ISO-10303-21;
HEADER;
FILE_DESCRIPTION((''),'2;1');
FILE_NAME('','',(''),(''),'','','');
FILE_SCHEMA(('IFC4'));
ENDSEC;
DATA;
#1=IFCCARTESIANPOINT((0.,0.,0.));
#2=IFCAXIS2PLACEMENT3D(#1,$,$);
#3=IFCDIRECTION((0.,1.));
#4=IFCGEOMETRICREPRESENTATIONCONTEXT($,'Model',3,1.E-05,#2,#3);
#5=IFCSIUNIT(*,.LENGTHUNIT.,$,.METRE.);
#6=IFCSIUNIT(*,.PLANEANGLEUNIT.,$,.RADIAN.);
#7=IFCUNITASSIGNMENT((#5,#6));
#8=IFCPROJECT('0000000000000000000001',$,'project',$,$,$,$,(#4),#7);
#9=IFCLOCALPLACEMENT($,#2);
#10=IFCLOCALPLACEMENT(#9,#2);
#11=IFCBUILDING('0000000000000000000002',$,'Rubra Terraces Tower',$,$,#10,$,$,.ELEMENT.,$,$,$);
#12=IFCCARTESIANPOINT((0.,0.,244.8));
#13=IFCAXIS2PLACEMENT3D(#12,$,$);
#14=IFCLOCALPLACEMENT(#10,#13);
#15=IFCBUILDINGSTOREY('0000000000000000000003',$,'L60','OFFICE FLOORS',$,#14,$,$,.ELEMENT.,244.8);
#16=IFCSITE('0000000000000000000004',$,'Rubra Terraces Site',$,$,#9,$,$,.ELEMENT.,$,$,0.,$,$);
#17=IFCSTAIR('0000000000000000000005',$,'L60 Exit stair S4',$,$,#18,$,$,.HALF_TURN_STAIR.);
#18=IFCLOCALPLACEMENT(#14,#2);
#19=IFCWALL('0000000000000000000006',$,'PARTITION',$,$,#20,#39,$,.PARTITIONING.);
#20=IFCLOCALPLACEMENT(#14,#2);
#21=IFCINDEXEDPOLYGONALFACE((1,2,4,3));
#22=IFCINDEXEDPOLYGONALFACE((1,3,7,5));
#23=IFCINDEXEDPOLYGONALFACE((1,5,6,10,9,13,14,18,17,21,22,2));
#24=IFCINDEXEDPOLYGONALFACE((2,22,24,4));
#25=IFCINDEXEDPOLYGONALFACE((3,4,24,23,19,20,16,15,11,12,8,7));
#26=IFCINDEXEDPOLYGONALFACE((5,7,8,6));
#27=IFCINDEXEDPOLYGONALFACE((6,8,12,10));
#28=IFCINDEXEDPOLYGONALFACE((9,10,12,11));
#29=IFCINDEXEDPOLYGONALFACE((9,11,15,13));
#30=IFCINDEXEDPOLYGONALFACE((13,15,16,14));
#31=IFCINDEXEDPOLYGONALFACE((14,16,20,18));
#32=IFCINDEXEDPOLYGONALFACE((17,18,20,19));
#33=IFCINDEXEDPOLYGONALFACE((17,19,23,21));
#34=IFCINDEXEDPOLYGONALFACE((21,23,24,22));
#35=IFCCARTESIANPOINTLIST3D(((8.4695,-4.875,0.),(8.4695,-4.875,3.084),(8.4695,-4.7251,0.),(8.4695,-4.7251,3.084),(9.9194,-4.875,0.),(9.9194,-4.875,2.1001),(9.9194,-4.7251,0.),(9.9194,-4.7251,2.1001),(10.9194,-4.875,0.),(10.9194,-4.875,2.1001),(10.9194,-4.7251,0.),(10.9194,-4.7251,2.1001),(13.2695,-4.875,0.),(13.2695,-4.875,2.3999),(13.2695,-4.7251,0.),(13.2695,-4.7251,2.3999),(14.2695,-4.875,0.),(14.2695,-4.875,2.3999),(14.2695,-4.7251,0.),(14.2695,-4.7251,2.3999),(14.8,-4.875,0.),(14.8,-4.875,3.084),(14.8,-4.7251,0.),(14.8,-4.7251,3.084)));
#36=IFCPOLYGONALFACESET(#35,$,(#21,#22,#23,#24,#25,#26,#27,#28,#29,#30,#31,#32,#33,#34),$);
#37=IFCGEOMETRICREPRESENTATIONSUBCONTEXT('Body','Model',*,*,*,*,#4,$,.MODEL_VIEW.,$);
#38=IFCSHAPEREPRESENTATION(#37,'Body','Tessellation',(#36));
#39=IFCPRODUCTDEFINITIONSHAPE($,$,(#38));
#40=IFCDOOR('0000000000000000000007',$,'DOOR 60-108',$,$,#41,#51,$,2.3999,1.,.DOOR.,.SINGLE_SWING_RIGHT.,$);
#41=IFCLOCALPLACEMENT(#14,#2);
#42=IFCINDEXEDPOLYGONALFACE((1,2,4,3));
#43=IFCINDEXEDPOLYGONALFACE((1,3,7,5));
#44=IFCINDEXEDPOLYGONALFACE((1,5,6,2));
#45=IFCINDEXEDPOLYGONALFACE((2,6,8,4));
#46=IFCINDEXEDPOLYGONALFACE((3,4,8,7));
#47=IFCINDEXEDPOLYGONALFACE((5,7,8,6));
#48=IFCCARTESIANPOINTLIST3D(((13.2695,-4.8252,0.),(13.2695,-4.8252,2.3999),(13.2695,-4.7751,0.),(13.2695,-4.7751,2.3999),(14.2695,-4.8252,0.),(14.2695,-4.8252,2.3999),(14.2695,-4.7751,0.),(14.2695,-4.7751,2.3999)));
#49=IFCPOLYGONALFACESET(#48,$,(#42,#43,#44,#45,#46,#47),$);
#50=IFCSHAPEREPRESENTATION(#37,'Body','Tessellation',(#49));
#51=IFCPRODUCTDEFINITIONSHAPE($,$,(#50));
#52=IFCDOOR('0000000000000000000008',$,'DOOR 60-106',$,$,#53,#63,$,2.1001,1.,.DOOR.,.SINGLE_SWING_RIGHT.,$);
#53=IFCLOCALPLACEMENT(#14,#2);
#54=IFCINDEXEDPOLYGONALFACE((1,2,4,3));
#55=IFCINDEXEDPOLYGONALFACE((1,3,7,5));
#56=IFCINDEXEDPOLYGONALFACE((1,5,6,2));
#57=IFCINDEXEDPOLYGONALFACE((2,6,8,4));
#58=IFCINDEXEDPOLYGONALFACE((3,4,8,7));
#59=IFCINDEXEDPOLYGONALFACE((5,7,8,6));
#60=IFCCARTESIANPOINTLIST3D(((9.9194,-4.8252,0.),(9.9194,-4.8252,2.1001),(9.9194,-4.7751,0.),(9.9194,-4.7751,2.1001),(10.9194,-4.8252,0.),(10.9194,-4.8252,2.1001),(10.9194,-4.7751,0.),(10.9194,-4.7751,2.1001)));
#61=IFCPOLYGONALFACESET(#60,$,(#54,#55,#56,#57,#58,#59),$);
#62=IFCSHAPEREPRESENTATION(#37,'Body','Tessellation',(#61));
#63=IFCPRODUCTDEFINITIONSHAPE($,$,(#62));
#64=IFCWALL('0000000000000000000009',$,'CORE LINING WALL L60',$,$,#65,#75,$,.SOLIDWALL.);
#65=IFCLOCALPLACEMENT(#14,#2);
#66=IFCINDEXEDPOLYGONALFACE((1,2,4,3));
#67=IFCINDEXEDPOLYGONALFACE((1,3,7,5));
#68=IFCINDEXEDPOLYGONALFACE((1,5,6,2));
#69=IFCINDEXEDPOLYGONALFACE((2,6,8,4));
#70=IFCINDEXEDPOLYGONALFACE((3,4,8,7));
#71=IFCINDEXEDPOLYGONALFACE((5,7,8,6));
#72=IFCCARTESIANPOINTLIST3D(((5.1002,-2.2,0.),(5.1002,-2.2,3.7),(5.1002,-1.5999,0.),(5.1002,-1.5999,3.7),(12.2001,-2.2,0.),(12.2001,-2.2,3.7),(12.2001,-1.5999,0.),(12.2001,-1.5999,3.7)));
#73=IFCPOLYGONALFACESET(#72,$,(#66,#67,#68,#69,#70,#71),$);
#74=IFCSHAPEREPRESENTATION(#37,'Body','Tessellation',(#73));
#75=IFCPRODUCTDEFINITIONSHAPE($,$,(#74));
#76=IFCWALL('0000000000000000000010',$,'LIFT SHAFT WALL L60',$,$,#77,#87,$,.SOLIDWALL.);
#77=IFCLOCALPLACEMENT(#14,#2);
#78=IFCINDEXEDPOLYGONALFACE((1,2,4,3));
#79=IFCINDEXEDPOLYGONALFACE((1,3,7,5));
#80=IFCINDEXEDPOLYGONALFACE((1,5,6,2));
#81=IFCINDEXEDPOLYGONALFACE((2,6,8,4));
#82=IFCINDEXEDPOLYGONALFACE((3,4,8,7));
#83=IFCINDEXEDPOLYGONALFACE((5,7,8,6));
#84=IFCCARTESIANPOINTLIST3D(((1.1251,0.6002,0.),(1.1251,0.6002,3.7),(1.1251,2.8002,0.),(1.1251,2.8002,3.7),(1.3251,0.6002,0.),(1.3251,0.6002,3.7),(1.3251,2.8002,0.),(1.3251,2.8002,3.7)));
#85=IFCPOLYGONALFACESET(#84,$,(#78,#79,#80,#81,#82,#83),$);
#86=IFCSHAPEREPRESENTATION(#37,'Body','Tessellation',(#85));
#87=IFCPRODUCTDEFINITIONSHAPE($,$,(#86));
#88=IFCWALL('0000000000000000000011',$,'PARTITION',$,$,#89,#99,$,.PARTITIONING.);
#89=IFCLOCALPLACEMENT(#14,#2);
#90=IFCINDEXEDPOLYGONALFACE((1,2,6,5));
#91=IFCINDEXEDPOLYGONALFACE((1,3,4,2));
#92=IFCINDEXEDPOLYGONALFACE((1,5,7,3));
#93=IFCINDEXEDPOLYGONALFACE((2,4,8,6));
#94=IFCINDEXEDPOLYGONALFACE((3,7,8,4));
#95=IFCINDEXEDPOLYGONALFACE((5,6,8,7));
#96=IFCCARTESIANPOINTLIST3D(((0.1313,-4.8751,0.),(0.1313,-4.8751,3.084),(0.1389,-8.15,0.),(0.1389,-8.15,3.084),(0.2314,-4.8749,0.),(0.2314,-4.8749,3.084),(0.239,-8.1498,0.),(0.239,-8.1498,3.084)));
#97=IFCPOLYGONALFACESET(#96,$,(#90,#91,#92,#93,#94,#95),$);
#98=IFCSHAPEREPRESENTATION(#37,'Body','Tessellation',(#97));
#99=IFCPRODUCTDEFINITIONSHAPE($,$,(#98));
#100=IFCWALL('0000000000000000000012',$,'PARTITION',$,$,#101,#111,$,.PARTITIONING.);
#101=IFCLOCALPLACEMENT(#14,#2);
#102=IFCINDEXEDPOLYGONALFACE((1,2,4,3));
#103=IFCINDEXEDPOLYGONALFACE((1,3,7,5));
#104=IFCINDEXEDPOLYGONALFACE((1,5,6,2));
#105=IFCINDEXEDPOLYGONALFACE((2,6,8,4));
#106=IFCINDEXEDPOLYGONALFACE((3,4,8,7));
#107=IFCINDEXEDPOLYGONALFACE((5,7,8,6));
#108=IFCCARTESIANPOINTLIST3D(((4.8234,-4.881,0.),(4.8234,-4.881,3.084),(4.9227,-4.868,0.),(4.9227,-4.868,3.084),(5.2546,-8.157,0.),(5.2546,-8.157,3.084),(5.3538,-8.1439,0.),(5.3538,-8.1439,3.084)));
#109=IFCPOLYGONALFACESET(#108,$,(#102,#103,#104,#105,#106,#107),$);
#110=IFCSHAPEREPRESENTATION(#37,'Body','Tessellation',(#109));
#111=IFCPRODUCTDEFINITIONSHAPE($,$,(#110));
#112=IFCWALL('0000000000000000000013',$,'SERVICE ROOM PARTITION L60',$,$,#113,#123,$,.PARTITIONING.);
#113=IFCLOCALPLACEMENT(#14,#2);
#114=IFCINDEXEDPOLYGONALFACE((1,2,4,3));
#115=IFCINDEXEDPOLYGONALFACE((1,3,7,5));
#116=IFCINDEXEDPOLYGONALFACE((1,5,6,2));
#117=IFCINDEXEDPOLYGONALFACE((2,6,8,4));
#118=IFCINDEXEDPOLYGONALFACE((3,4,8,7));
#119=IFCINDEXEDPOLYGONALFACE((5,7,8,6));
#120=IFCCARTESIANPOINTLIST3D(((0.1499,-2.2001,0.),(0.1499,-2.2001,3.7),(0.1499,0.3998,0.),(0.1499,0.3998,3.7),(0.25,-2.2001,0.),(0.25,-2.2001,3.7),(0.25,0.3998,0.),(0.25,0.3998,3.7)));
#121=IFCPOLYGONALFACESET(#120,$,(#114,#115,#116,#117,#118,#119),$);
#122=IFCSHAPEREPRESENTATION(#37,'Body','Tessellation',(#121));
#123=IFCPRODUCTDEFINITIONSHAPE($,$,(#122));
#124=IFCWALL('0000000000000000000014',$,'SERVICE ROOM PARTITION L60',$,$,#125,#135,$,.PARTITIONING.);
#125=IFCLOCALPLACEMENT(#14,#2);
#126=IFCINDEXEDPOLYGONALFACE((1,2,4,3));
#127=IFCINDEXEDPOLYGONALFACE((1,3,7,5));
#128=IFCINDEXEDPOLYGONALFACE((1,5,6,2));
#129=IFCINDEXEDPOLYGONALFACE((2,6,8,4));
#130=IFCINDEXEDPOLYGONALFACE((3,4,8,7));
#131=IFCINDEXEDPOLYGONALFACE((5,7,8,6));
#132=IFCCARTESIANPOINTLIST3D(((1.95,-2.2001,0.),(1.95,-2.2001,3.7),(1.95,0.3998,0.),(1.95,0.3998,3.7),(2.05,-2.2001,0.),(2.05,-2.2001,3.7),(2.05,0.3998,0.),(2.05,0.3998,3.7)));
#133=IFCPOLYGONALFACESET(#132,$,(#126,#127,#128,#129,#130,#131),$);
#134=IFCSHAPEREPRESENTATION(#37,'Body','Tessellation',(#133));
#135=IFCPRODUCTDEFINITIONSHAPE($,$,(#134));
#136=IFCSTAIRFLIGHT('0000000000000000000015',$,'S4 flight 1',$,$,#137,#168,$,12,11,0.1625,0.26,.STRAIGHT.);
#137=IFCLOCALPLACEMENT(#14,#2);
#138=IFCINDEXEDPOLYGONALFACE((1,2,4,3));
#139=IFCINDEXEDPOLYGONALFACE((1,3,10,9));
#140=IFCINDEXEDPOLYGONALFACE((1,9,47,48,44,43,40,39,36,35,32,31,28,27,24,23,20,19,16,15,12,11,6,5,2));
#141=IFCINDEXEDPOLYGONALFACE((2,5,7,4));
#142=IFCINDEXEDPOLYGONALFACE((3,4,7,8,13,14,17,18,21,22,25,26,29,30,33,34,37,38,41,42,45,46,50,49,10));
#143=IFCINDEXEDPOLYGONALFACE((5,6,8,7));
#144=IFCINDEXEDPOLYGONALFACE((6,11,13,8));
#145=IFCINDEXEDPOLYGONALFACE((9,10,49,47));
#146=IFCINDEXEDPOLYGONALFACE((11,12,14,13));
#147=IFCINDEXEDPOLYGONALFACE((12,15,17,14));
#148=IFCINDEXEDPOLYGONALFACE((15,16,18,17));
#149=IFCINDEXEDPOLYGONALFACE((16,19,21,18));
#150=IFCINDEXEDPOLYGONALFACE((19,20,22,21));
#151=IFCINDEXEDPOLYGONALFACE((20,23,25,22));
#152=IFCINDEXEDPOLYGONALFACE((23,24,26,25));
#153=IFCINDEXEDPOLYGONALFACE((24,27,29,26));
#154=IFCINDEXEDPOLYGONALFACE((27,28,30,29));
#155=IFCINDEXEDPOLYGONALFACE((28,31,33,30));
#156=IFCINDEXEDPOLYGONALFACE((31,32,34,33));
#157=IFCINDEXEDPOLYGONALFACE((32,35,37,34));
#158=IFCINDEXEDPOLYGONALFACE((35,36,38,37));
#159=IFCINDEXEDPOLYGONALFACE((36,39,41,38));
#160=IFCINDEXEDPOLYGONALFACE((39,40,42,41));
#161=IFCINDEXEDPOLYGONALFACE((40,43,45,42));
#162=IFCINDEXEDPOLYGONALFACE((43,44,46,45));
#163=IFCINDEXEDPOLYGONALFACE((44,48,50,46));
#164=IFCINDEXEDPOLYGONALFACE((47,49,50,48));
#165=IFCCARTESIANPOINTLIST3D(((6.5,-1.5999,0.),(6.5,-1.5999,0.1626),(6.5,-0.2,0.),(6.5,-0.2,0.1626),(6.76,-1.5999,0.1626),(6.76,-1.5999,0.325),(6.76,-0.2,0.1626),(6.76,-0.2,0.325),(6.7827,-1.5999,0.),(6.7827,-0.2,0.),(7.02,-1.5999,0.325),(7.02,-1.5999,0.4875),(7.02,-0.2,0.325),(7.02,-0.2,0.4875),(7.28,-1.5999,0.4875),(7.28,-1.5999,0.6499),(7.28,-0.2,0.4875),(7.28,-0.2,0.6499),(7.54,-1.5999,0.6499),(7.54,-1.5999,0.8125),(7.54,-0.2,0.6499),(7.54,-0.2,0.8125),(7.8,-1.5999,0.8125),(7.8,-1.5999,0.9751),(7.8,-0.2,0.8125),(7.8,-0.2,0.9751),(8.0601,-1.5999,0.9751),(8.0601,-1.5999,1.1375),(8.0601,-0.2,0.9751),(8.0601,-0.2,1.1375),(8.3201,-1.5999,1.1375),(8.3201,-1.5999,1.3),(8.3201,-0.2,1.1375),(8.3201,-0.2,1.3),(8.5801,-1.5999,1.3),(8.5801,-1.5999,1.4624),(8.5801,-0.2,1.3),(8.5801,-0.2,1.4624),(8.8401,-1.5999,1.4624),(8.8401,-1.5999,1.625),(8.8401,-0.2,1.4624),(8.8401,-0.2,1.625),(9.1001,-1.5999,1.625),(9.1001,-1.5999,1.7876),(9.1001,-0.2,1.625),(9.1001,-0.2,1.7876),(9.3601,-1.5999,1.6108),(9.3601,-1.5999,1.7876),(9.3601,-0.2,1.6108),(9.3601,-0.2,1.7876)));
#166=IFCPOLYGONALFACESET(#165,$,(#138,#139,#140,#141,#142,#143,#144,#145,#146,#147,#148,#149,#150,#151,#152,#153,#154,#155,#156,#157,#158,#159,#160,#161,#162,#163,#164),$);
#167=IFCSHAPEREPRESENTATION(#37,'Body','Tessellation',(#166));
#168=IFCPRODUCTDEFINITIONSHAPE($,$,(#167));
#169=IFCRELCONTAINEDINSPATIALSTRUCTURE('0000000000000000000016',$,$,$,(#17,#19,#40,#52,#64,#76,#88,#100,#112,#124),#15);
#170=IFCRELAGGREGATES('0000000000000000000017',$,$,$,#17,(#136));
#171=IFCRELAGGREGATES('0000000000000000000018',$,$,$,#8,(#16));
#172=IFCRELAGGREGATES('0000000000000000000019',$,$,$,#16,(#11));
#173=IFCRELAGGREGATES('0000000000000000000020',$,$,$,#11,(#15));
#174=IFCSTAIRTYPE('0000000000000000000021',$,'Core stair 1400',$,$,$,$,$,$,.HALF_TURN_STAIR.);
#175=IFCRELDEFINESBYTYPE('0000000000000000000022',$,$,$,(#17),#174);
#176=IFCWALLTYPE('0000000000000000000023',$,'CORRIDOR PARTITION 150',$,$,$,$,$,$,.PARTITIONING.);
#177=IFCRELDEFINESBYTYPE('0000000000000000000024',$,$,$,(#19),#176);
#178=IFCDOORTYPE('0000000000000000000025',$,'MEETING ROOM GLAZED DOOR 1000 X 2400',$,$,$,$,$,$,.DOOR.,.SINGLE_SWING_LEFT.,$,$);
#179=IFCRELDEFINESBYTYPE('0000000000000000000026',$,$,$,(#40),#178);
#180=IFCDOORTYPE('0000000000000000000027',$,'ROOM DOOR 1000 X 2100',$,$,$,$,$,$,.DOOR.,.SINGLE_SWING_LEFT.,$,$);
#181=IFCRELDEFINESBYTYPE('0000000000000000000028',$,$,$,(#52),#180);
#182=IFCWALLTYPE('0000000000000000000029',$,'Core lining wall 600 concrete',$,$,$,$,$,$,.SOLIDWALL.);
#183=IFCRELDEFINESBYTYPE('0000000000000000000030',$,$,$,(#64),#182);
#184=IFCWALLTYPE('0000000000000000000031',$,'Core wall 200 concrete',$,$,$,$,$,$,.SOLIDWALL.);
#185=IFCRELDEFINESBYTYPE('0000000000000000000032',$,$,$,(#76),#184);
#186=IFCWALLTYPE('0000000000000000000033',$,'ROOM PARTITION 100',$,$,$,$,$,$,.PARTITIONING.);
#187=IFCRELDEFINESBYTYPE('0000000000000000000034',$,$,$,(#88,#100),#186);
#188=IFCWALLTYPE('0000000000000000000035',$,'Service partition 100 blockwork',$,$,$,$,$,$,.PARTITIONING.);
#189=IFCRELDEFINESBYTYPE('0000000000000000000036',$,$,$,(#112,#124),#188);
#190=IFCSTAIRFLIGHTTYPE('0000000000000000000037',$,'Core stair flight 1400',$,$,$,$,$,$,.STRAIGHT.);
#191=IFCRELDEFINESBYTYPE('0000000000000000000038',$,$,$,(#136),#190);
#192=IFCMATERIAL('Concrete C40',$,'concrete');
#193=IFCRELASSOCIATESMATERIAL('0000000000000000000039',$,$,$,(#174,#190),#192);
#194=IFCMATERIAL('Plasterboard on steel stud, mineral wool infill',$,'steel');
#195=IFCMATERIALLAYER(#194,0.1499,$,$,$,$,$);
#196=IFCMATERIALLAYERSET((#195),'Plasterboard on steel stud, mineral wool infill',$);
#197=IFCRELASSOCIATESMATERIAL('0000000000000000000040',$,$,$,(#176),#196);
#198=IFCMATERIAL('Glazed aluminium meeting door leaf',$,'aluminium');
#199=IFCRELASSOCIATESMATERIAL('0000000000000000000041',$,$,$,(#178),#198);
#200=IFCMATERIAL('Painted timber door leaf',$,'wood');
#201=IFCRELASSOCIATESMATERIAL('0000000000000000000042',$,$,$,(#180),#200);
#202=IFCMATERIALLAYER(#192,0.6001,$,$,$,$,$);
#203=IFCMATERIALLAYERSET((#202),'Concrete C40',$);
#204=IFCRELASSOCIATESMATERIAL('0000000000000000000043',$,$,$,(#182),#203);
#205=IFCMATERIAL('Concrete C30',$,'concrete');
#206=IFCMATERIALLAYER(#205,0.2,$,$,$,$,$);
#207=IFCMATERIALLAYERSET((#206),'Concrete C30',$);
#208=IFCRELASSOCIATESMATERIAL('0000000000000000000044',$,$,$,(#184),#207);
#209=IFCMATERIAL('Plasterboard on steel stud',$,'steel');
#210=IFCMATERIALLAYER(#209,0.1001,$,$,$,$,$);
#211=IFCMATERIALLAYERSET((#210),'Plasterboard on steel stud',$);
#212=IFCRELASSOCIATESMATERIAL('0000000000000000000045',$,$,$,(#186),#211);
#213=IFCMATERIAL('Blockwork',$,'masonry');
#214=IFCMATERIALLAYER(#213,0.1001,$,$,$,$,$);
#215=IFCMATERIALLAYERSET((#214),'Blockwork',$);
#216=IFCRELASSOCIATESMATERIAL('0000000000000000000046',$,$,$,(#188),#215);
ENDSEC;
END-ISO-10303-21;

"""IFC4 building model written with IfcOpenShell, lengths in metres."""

from ifc_helpers import new_model, si_unit, direction, frame, frame_2d, origin, place, context, subcontext, project, spatial, polyline, rectangle, outline, extrude, material, layer, layer_set, type_object, element, fill, aggregate, save


model = new_model("IFC4")

# Units and contexts
model_context = context("Model", 3, precision=1e-05, world=origin(), true_north=direction((0.0, 1.0)))
body_context = subcontext(model_context, "Body", "Model", "MODEL_VIEW")
ifc_project = project(units=[si_unit("LENGTHUNIT", "METRE"), si_unit("PLANEANGLEUNIT", "RADIAN")], contexts=[model_context])

# Site, building, storey
site_placement = place(None, origin())
site = spatial("IfcSite", under=ifc_project, at=site_placement, Name="Rubra Terraces Site", CompositionType="ELEMENT", RefElevation=0.0)
building_placement = place(site_placement, origin())
building = spatial("IfcBuilding", under=site, at=building_placement, Name="Rubra Terraces Tower", CompositionType="ELEMENT")
storey_placement = place(building_placement, frame((0.0, 0.0, 244.8)))
storey = spatial("IfcBuildingStorey", under=building, at=storey_placement, Name="L60", Description="OFFICE FLOORS", CompositionType="ELEMENT", Elevation=244.8)

# Shared definitions
ifc_material_1 = material(Name="Concrete C40", Category="concrete")

# Stair
stair_type = type_object("IfcStairType", Name="Core stair 1400", PredefinedType="HALF_TURN_STAIR", material=ifc_material_1)
stair_1_placement = place(storey_placement, origin())
stair_1 = element("IfcStair", 1, at=stair_1_placement, inside=storey, type_object=stair_type, Name="L60 Exit stair S4", PredefinedType="HALF_TURN_STAIR")

# Wall, openings, doors
ifc_material_2 = material(Name="Plasterboard on steel stud, mineral wool infill", Category="steel")
ifc_layer_1 = layer(ifc_material_2, 0.1499)
ifc_layer_set_1 = layer_set([ifc_layer_1], Name="Plasterboard on steel stud, mineral wool infill")
wall_type_1 = type_object("IfcWallType", Name="CORRIDOR PARTITION 150", PredefinedType="PARTITIONING", material=ifc_layer_set_1)
wall_1_placement = place(storey_placement, frame((8.4695, -4.8, 0.0), z_axis=(0.0, 0.0, 1.0), x_axis=(1.0, 0.0, 0.0)))
wall_1 = element("IfcWall", 2, at=wall_1_placement, inside=storey, type_object=wall_type_1, Name="PARTITION", PredefinedType="PARTITIONING", context=body_context, shape_type="SweptSolid", body=[
    extrude(rectangle(XDim=6.3306, YDim=0.1499, at=frame_2d((3.1653, 0.0))), origin(), (0.0, 0.0, 1.0), 3.084),
])
opening_1_placement = place(wall_1_placement, frame((1.45, 0.0, 0.0)))
opening_1 = element("IfcOpeningElement", 3, at=opening_1_placement, cuts=wall_1, PredefinedType="OPENING", context=body_context, shape_type="SweptSolid", body=[
    extrude(rectangle(XDim=1.0, YDim=2.1001, at=frame_2d((0.5, 1.05))), frame((0.0, 0.085, 0.0), z_axis=(0.0, -1.0, 0.0), x_axis=(1.0, 0.0, 0.0)), (0.0, 0.0, 1.0), 0.1699),
])
opening_2_placement = place(wall_1_placement, frame((4.8, 0.0, 0.0)))
opening_2 = element("IfcOpeningElement", 4, at=opening_2_placement, cuts=wall_1, PredefinedType="OPENING", context=body_context, shape_type="SweptSolid", body=[
    extrude(rectangle(XDim=1.0, YDim=2.3999, at=frame_2d((0.5, 1.2))), frame((0.0, 0.085, 0.0), z_axis=(0.0, -1.0, 0.0), x_axis=(1.0, 0.0, 0.0)), (0.0, 0.0, 1.0), 0.1699),
])
ifc_material_3 = material(Name="Glazed aluminium meeting door leaf", Category="aluminium")
door_type_1 = type_object("IfcDoorType", Name="MEETING ROOM GLAZED DOOR 1000 X 2400", OperationType="SINGLE_SWING_LEFT", PredefinedType="DOOR", material=ifc_material_3)
door_1_placement = place(opening_2_placement, origin())
door_1 = element("IfcDoor", 5, at=door_1_placement, inside=storey, type_object=door_type_1, Name="DOOR 60-108", OperationType="SINGLE_SWING_RIGHT", OverallHeight=2.3999, OverallWidth=1.0, PredefinedType="DOOR", context=body_context, shape_type="SweptSolid", body=[
    extrude(rectangle(XDim=1.0, YDim=2.3999, at=frame_2d((0.5, 1.2))), frame((0.0, 0.0249, 0.0), z_axis=(0.0, -1.0, 0.0), x_axis=(1.0, 0.0, 0.0)), (0.0, 0.0, 1.0), 0.05),
])
fill(opening_2, door_1)
ifc_material_4 = material(Name="Painted timber door leaf", Category="wood")
door_type_2 = type_object("IfcDoorType", Name="ROOM DOOR 1000 X 2100", OperationType="SINGLE_SWING_LEFT", PredefinedType="DOOR", material=ifc_material_4)
door_2_placement = place(opening_1_placement, origin())
door_2 = element("IfcDoor", 6, at=door_2_placement, inside=storey, type_object=door_type_2, Name="DOOR 60-106", OperationType="SINGLE_SWING_RIGHT", OverallHeight=2.1001, OverallWidth=1.0, PredefinedType="DOOR", context=body_context, shape_type="SweptSolid", body=[
    extrude(rectangle(XDim=1.0, YDim=2.1001, at=frame_2d((0.5, 1.05))), frame((0.0, 0.0249, 0.0), z_axis=(0.0, -1.0, 0.0), x_axis=(1.0, 0.0, 0.0)), (0.0, 0.0, 1.0), 0.05),
])
fill(opening_1, door_2)

# Walls
ifc_layer_2 = layer(ifc_material_1, 0.6001)
ifc_layer_set_2 = layer_set([ifc_layer_2], Name="Concrete C40")
wall_type_2 = type_object("IfcWallType", Name="Core lining wall 600 concrete", PredefinedType="SOLIDWALL", material=ifc_layer_set_2)
wall_2_placement = place(storey_placement, frame((12.2, -1.8999, 0.0), z_axis=(0.0, 0.0, 1.0), x_axis=(-1.0, 0.0, 0.0)))
element("IfcWall", 7, at=wall_2_placement, inside=storey, type_object=wall_type_2, Name="CORE LINING WALL L60", PredefinedType="SOLIDWALL", context=body_context, shape_type="SweptSolid", body=[
    extrude(rectangle(XDim=7.0999, YDim=0.6001, at=frame_2d((3.5498, 0.0))), origin(), (0.0, 0.0, 1.0), 3.7),
])
ifc_material_5 = material(Name="Concrete C30", Category="concrete")
ifc_layer_3 = layer(ifc_material_5, 0.2)
ifc_layer_set_3 = layer_set([ifc_layer_3], Name="Concrete C30")
wall_type_3 = type_object("IfcWallType", Name="Core wall 200 concrete", PredefinedType="SOLIDWALL", material=ifc_layer_set_3)
wall_3_placement = place(storey_placement, frame((1.2251, 0.6001, 0.0), z_axis=(0.0, 0.0, 1.0), x_axis=(0.0, 1.0, 0.0)))
element("IfcWall", 8, at=wall_3_placement, inside=storey, type_object=wall_type_3, Name="LIFT SHAFT WALL L60", PredefinedType="SOLIDWALL", context=body_context, shape_type="SweptSolid", body=[
    extrude(rectangle(XDim=2.2, YDim=0.2, at=frame_2d((1.1001, 0.0))), origin(), (0.0, 0.0, 1.0), 3.7),
])
ifc_material_6 = material(Name="Plasterboard on steel stud", Category="steel")
ifc_layer_4 = layer(ifc_material_6, 0.1001)
ifc_layer_set_4 = layer_set([ifc_layer_4], Name="Plasterboard on steel stud")
wall_type_4 = type_object("IfcWallType", Name="ROOM PARTITION 100", PredefinedType="PARTITIONING", material=ifc_layer_set_4)
wall_4_placement = place(storey_placement, frame((0.1814, -4.875, 0.0), z_axis=(0.0, 0.0, 1.0), x_axis=(0.002311, -0.999997, 0.0)))
element("IfcWall", 9, at=wall_4_placement, inside=storey, type_object=wall_type_4, Name="PARTITION", PredefinedType="PARTITIONING", context=body_context, shape_type="SweptSolid", body=[
    extrude(rectangle(XDim=3.2749, YDim=0.1001, at=frame_2d((1.6375, 0.0))), origin(), (0.0, 0.0, 1.0), 3.084),
])
wall_5_placement = place(storey_placement, frame((4.873, -4.8745, 0.0), z_axis=(0.0, 0.0, 1.0), x_axis=(0.130489, -0.99145, 0.0)))
element("IfcWall", 10, at=wall_5_placement, inside=storey, type_object=wall_type_4, Name="PARTITION", PredefinedType="PARTITIONING", context=body_context, shape_type="SweptSolid", body=[
    extrude(rectangle(XDim=3.3042, YDim=0.1001, at=frame_2d((1.6521, 0.0))), origin(), (0.0, 0.0, 1.0), 3.084),
])
ifc_material_7 = material(Name="Blockwork", Category="masonry")
ifc_layer_5 = layer(ifc_material_7, 0.1001)
ifc_layer_set_5 = layer_set([ifc_layer_5], Name="Blockwork")
wall_type_5 = type_object("IfcWallType", Name="Service partition 100 blockwork", PredefinedType="PARTITIONING", material=ifc_layer_set_5)
for number, where, z_axis, x_axis, name in (
    (11, (0.2, -2.2, 0.0), (0.0, 0.0, 1.0), (0.0, 1.0, 0.0), "SERVICE ROOM PARTITION L60"),
    (12, (2.0, -2.2, 0.0), (0.0, 0.0, 1.0), (0.0, 1.0, 0.0), "SERVICE ROOM PARTITION L60"),
):
    element("IfcWall", number, at=place(storey_placement, frame(where, z_axis=z_axis, x_axis=x_axis)), inside=storey, type_object=wall_type_5, Name=name, PredefinedType="PARTITIONING", context=body_context, shape_type="SweptSolid", body=[
        extrude(rectangle(XDim=2.5999, YDim=0.1001, at=frame_2d((1.2998, 0.0))), origin(), (0.0, 0.0, 1.0), 3.7),
    ])

# Stair flight
stair_flight_type = type_object("IfcStairFlightType", Name="Core stair flight 1400", PredefinedType="STRAIGHT", material=ifc_material_1)
stair_flight_placement = place(storey_placement, frame((6.5, -0.8999, 0.0), z_axis=(0.0, 0.0, 1.0), x_axis=(1.0, 0.0, 0.0)))
stair_flight = element("IfcStairFlight", 13, at=stair_flight_placement, type_object=stair_flight_type, Name="S4 flight 1", NumberOfRisers=12, NumberOfTreads=11, PredefinedType="STRAIGHT", RiserHeight=0.1625, TreadLength=0.26, context=body_context, shape_type="SweptSolid", body=[
    extrude(outline(polyline([(0.0, 0.0), (0.0, 0.1626), (0.26, 0.1626), (0.26, 0.325), (0.52, 0.325), (0.52, 0.4875), (0.78, 0.4875), (0.78, 0.6499), (1.04, 0.6499), (1.04, 0.8125), (1.3, 0.8125), (1.3, 0.9751), (1.5601, 0.9751), (1.5601, 1.1375), (1.8201, 1.1375), (1.8201, 1.3), (2.0801, 1.3), (2.0801, 1.4624), (2.3401, 1.4624), (2.3401, 1.625), (2.6001, 1.625), (2.6001, 1.7876), (2.8601, 1.7876), (2.8601, 1.95), (2.8601, 1.6108), (0.2827, 0.0), (0.0, 0.0)])), frame((0.0, 0.7, 0.0), z_axis=(0.0, -1.0, 0.0), x_axis=(1.0, 0.0, 0.0)), (0.0, 0.0, 1.0), 1.3999),
])
aggregate(stair_1, [stair_flight])

save(model, "model.ifc")
